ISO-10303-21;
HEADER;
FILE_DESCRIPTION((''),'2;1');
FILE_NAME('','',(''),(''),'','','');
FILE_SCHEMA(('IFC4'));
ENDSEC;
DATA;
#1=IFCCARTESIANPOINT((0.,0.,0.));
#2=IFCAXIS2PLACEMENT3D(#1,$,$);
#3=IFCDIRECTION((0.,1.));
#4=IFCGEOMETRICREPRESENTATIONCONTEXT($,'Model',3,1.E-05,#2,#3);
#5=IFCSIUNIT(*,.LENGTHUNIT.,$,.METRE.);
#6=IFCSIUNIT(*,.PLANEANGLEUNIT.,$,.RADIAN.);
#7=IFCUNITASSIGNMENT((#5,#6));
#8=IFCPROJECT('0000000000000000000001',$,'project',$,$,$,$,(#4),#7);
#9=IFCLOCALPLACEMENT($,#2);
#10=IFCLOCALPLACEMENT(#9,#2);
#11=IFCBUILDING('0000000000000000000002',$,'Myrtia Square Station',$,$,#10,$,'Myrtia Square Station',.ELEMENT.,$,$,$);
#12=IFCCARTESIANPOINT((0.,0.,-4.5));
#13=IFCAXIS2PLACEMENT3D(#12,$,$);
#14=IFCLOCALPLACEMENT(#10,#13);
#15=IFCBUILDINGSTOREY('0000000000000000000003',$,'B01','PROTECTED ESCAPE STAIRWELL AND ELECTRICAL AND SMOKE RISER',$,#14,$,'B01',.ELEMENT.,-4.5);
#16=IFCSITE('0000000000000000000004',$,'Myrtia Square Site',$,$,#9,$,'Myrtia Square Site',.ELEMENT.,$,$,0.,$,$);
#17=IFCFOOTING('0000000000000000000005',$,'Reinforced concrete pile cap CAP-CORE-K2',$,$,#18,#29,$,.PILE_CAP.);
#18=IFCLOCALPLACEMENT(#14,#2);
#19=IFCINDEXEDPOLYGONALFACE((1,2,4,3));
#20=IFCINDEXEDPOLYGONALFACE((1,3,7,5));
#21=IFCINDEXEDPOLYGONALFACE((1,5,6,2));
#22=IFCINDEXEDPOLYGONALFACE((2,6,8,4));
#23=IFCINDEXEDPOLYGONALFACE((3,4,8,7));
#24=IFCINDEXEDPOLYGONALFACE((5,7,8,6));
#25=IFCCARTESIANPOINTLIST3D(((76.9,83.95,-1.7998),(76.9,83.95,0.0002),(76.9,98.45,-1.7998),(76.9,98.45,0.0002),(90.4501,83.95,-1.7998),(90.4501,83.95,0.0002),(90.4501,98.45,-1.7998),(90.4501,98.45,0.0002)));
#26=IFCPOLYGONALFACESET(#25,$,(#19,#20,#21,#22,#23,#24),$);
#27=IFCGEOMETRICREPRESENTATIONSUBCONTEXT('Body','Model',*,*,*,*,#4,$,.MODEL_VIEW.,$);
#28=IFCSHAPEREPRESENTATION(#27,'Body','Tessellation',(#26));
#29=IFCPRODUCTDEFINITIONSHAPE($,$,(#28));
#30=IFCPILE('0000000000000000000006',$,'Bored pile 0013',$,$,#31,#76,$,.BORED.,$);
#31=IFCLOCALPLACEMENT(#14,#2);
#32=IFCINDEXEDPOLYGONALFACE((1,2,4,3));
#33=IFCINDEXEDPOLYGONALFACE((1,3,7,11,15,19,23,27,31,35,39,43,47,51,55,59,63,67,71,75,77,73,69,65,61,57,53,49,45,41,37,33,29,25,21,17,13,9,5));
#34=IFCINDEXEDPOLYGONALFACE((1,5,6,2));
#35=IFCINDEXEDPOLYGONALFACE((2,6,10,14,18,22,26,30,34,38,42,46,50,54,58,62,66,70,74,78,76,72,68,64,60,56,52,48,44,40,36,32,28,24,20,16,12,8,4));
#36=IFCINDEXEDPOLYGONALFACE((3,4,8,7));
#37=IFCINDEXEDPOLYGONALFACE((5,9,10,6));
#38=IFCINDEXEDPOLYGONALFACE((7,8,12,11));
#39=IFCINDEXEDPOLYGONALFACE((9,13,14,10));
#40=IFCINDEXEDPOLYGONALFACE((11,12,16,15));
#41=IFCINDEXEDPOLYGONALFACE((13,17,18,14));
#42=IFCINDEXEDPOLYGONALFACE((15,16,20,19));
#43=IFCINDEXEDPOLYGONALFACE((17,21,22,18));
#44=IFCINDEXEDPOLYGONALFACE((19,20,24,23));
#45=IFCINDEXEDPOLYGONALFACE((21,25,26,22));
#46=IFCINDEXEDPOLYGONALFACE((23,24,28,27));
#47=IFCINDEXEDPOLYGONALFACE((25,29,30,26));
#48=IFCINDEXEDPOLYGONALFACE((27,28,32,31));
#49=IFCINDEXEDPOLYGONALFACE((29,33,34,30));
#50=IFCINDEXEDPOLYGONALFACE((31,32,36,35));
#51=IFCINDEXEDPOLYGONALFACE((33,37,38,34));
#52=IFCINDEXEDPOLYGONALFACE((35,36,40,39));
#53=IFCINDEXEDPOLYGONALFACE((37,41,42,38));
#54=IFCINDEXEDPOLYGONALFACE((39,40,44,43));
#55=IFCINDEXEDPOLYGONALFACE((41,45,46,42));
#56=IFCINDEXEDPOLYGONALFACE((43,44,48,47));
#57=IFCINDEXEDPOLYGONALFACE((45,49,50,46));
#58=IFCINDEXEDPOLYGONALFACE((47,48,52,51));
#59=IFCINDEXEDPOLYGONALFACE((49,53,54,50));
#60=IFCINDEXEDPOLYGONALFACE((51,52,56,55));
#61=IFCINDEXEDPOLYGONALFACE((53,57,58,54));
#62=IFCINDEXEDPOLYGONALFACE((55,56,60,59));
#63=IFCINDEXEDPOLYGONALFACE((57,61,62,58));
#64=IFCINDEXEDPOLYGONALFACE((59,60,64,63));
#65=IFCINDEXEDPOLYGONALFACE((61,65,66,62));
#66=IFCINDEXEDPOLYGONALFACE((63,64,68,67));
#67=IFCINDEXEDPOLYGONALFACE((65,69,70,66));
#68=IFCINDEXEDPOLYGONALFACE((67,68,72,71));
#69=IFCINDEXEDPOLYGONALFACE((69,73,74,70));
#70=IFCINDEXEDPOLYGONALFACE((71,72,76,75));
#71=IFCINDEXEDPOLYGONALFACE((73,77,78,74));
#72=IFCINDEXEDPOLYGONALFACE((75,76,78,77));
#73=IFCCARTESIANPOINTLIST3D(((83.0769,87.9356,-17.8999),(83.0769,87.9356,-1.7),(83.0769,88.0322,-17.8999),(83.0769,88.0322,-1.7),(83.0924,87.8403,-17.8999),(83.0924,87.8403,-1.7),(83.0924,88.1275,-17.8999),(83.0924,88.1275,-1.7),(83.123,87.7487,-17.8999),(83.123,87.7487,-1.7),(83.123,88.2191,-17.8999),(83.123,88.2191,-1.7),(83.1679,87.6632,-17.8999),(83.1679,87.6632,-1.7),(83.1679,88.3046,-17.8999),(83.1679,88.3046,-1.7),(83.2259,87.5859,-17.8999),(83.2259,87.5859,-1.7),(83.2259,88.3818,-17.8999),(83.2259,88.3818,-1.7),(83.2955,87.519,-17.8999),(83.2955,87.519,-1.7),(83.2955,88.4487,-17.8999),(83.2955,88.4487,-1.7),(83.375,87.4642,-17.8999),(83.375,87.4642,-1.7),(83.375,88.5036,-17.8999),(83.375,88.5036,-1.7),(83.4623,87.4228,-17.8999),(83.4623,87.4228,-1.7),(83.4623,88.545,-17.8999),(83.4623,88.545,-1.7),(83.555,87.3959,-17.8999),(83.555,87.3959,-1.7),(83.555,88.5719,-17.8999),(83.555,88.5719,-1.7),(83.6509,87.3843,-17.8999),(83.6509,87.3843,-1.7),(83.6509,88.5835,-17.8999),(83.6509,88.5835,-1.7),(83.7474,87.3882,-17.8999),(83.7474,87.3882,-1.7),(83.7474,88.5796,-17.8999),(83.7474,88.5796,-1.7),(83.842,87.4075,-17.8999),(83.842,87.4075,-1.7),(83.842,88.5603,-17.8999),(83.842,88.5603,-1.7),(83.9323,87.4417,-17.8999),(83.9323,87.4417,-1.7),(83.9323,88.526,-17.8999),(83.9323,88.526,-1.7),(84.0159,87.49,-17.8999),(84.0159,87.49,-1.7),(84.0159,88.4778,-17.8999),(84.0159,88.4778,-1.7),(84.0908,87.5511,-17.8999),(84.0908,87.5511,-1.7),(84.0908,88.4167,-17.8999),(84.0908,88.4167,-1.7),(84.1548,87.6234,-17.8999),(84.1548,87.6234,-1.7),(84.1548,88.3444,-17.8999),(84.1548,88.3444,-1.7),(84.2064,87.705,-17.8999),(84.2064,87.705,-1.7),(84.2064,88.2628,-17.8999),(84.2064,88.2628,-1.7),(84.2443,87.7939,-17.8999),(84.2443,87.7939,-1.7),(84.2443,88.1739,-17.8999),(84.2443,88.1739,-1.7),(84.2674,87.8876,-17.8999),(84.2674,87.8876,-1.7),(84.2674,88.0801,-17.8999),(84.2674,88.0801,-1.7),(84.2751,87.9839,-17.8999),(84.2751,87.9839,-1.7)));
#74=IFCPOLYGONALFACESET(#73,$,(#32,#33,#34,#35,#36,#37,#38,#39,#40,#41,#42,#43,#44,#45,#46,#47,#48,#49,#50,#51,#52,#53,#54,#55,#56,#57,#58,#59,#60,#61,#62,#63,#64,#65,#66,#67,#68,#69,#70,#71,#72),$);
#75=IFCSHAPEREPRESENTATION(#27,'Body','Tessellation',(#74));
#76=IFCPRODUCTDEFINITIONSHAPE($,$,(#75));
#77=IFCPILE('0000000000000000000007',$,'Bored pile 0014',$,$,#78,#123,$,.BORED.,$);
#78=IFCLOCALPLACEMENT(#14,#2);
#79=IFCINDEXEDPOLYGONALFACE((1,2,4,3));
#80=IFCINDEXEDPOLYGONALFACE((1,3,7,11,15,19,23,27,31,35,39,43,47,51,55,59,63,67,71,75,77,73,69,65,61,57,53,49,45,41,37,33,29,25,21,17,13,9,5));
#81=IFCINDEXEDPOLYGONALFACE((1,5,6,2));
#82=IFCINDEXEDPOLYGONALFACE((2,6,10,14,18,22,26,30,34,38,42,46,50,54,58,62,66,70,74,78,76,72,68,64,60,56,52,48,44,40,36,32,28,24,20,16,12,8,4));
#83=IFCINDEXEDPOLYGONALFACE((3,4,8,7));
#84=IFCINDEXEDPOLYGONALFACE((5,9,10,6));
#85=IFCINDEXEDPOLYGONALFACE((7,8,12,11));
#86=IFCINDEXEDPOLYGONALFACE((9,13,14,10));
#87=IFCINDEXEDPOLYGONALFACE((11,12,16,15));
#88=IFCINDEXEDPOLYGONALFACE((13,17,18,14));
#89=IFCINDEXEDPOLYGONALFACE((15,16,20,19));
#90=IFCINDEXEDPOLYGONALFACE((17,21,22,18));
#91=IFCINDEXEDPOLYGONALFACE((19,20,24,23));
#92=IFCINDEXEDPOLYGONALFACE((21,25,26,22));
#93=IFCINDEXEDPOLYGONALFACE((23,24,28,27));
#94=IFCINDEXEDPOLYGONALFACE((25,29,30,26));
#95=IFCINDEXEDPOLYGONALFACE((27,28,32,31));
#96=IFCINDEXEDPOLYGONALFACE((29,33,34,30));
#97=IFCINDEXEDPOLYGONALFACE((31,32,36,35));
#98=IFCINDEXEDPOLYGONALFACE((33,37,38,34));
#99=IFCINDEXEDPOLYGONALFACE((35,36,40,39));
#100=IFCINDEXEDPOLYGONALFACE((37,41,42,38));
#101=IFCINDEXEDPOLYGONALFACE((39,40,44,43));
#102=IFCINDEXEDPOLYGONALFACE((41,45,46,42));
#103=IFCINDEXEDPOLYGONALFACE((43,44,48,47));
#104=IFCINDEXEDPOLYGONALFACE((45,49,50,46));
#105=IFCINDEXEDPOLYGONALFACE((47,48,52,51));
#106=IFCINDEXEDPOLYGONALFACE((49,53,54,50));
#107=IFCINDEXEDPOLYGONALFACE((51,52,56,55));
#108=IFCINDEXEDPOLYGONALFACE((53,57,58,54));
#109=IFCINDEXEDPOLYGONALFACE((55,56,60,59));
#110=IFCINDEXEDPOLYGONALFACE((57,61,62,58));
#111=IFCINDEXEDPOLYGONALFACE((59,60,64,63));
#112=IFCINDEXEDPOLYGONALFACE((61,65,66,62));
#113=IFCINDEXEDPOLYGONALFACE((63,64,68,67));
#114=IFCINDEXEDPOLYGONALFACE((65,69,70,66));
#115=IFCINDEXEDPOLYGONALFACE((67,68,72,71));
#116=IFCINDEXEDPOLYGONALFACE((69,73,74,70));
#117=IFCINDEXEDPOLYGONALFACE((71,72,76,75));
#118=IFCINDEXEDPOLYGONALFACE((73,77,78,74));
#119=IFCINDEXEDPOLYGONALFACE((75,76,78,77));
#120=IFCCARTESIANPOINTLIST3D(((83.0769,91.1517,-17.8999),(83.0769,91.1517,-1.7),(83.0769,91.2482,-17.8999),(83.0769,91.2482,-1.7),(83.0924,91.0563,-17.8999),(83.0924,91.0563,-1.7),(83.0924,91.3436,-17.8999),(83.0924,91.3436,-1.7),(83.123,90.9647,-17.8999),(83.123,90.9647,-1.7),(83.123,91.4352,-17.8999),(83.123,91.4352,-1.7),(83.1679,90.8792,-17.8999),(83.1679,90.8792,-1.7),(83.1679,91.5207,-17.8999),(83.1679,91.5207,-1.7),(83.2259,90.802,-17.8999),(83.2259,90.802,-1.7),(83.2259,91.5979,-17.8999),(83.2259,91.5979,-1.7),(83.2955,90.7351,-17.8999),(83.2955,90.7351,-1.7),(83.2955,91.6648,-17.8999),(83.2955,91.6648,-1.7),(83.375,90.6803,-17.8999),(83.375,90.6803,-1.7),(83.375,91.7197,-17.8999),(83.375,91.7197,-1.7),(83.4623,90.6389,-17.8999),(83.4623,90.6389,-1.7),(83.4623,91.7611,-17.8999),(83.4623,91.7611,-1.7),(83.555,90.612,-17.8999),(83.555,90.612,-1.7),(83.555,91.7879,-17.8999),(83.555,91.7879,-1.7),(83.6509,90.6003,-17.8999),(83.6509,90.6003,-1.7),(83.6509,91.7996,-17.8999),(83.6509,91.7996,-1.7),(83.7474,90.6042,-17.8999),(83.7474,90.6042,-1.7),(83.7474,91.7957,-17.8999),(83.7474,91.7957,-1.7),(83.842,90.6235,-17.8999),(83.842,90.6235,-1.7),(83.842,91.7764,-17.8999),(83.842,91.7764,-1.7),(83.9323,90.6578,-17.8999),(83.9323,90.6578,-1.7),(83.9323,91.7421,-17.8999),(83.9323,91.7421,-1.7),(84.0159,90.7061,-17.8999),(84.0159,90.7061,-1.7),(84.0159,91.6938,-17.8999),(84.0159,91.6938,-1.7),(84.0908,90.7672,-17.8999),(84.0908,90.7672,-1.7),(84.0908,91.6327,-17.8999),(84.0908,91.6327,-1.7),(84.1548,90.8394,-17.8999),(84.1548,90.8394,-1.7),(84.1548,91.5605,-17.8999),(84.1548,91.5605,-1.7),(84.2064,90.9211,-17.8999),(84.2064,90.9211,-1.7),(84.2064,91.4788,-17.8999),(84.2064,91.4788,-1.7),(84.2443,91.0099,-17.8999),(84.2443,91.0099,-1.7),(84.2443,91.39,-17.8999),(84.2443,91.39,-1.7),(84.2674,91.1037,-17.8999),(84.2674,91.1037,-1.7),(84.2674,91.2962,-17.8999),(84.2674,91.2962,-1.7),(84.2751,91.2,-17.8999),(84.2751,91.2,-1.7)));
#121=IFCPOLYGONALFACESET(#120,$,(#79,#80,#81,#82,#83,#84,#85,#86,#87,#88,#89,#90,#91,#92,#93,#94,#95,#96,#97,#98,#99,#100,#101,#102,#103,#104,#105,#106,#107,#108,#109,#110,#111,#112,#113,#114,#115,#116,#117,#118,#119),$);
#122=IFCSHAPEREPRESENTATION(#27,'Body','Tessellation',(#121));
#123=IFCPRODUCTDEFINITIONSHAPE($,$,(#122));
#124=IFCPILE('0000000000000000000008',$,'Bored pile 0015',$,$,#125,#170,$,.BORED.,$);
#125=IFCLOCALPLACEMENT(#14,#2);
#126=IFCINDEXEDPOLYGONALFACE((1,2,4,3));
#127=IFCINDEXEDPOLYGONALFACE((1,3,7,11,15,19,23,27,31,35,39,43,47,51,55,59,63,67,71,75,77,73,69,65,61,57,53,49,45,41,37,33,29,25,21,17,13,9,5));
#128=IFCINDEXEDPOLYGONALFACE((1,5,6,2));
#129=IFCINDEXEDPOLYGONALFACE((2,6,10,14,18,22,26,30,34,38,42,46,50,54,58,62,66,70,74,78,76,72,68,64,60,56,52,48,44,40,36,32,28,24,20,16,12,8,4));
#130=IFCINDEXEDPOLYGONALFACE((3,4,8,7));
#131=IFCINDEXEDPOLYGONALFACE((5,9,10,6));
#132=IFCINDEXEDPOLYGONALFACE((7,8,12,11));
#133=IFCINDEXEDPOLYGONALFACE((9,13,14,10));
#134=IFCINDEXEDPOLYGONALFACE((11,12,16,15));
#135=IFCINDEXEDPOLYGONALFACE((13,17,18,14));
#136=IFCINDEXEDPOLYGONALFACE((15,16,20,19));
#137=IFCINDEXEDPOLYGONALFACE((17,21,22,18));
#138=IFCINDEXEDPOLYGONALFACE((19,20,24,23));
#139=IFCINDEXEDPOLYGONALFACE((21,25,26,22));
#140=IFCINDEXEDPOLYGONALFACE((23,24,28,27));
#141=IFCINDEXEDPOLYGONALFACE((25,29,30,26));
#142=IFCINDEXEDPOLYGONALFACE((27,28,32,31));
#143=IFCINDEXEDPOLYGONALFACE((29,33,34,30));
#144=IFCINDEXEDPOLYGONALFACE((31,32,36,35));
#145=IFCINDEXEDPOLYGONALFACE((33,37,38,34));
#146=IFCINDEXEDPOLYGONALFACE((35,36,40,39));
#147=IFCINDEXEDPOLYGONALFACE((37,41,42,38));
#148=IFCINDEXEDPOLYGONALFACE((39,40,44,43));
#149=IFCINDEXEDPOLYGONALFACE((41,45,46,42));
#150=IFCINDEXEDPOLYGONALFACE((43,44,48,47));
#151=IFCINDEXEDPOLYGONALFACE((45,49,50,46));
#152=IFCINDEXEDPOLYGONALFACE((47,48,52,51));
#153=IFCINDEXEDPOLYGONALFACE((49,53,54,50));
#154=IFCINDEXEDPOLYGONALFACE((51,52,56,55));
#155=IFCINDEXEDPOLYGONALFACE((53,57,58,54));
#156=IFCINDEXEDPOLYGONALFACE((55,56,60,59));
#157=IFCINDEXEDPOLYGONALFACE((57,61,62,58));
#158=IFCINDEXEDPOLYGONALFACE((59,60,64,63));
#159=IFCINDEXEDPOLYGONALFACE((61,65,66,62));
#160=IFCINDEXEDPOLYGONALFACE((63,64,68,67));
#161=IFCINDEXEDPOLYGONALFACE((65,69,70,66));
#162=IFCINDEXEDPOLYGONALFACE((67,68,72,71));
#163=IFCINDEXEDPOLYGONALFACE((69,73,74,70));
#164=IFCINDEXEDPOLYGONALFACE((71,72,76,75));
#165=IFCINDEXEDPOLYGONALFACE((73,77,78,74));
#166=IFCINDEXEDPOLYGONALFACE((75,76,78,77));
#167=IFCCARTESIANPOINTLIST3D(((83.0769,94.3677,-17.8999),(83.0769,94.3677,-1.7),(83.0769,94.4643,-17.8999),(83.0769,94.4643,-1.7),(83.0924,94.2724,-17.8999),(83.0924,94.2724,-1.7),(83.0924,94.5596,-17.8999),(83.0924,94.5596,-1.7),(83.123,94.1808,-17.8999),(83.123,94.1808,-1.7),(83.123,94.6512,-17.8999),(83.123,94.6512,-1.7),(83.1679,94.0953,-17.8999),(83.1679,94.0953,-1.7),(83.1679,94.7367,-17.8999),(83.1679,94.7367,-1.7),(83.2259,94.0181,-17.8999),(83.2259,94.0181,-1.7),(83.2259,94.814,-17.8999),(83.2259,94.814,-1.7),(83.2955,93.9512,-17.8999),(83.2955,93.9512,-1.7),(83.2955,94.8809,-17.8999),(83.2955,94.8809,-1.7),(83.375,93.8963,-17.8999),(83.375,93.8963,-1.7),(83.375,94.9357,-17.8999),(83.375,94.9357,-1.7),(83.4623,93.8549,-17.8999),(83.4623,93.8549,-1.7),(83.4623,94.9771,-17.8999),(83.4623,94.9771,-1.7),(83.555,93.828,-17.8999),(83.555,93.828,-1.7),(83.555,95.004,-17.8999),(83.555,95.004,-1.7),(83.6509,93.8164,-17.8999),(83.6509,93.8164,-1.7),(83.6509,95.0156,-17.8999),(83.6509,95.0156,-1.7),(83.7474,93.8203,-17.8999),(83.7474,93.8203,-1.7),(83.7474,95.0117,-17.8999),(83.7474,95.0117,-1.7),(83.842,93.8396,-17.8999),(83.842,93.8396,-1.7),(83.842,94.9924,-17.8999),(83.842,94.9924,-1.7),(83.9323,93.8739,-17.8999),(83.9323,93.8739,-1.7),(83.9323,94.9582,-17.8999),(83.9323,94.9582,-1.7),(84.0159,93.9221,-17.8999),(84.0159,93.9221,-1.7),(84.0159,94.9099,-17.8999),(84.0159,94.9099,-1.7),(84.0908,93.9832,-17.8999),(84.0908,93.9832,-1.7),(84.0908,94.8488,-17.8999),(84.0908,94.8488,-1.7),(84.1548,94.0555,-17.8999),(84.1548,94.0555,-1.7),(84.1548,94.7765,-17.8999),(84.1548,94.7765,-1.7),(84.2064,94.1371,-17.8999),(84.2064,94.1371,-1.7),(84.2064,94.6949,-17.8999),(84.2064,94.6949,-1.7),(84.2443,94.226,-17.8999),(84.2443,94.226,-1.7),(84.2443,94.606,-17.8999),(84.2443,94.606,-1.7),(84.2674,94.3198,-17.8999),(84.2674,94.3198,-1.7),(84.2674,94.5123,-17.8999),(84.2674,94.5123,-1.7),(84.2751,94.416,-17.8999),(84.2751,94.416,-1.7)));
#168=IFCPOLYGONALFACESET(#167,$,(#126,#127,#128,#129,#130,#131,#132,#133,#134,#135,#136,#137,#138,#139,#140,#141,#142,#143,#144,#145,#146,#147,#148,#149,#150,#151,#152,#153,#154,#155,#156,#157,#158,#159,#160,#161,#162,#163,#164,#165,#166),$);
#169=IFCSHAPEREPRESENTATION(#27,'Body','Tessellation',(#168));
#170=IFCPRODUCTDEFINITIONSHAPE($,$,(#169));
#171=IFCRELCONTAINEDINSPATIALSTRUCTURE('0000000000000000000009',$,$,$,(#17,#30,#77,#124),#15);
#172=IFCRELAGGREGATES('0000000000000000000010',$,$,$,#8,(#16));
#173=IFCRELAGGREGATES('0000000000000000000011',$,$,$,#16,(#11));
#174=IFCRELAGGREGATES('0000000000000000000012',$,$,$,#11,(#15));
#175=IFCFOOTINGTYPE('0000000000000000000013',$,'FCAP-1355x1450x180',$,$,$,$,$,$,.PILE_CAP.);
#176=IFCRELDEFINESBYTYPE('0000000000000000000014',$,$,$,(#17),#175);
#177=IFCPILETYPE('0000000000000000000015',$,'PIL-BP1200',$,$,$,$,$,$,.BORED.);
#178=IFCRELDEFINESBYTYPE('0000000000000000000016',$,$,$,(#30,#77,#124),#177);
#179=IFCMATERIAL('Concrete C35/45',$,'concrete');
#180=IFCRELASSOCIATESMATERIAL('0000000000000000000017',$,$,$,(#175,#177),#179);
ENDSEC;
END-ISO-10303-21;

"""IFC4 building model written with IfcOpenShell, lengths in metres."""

from ifc_helpers import new_model, si_unit, direction, frame, origin, origin_2d, place, context, subcontext, project, spatial, rectangle, circle, extrude, material, material_profile, profile_set, type_object, element, save


model = new_model("IFC4")

# Units and contexts
model_context = context("Model", 3, precision=1e-05, world=origin(), true_north=direction((0.0, 1.0)))
body_context = subcontext(model_context, "Body", "Model", "MODEL_VIEW")
ifc_project = project(units=[si_unit("LENGTHUNIT", "METRE"), si_unit("PLANEANGLEUNIT", "RADIAN")], contexts=[model_context])

# Site, building, storey
site_placement = place(None, origin())
site = spatial("IfcSite", under=ifc_project, at=site_placement, Name="Myrtia Square Site", LongName="Myrtia Square Site", CompositionType="ELEMENT", RefElevation=0.0)
building_placement = place(site_placement, origin())
building = spatial("IfcBuilding", under=site, at=building_placement, Name="Myrtia Square Station", LongName="Myrtia Square Station", CompositionType="ELEMENT")
storey_placement = place(building_placement, frame((0.0, 0.0, -4.5)))
storey = spatial("IfcBuildingStorey", under=building, at=storey_placement, Name="B01", Description="PROTECTED ESCAPE STAIRWELL AND ELECTRICAL AND SMOKE RISER", LongName="B01", CompositionType="ELEMENT", Elevation=-4.5)

# Footing
ifc_material_1 = material(Name="Concrete C35/45", Category="concrete")
footing_type_1 = type_object("IfcFootingType", Name="FCAP-1355x1450x180", PredefinedType="PILE_CAP", material=ifc_material_1)
footing_1_placement = place(storey_placement, frame((83.675, 91.2, -1.7998), z_axis=(0.0, 0.0, 1.0), x_axis=(1.0, 0.0, 0.0)))
element("IfcFooting", 1, at=footing_1_placement, inside=storey, type_object=footing_type_1, Name="Reinforced concrete pile cap CAP-CORE-K2", PredefinedType="PILE_CAP", context=body_context, shape_type="SweptSolid", body=[
    extrude(rectangle(XDim=13.55, YDim=14.5, at=origin_2d()), origin(), (0.0, 0.0, 1.0), 1.8),
])

# Piles
ifc_material_profile_1 = material_profile(ifc_material_1, circle(Radius=0.6001, at=origin_2d()), Name="BP D1200")
ifc_profile_set_1 = profile_set([ifc_material_profile_1], Name="Concrete C35/45")
pile_type = type_object("IfcPileType", Name="PIL-BP1200", PredefinedType="BORED", material=ifc_profile_set_1)
for number, where, z_axis, x_axis, name in (
    (2, (83.675, 87.9839, -1.7), (0.0, 0.0, -1.0), (1.0, 0.0, 0.0), "Bored pile 0013"),
    (3, (83.675, 91.2, -1.7), (0.0, 0.0, -1.0), (1.0, 0.0, 0.0), "Bored pile 0014"),
    (4, (83.675, 94.416, -1.7), (0.0, 0.0, -1.0), (1.0, 0.0, 0.0), "Bored pile 0015"),
):
    element("IfcPile", number, at=place(storey_placement, frame(where, z_axis=z_axis, x_axis=x_axis)), inside=storey, type_object=pile_type, Name=name, PredefinedType="BORED", context=body_context, shape_type="SweptSolid", body=[
        extrude(circle(Radius=0.6001, at=origin_2d()), origin(), (0.0, 0.0, 1.0), 16.2),
    ])

save(model, "model.ifc")
